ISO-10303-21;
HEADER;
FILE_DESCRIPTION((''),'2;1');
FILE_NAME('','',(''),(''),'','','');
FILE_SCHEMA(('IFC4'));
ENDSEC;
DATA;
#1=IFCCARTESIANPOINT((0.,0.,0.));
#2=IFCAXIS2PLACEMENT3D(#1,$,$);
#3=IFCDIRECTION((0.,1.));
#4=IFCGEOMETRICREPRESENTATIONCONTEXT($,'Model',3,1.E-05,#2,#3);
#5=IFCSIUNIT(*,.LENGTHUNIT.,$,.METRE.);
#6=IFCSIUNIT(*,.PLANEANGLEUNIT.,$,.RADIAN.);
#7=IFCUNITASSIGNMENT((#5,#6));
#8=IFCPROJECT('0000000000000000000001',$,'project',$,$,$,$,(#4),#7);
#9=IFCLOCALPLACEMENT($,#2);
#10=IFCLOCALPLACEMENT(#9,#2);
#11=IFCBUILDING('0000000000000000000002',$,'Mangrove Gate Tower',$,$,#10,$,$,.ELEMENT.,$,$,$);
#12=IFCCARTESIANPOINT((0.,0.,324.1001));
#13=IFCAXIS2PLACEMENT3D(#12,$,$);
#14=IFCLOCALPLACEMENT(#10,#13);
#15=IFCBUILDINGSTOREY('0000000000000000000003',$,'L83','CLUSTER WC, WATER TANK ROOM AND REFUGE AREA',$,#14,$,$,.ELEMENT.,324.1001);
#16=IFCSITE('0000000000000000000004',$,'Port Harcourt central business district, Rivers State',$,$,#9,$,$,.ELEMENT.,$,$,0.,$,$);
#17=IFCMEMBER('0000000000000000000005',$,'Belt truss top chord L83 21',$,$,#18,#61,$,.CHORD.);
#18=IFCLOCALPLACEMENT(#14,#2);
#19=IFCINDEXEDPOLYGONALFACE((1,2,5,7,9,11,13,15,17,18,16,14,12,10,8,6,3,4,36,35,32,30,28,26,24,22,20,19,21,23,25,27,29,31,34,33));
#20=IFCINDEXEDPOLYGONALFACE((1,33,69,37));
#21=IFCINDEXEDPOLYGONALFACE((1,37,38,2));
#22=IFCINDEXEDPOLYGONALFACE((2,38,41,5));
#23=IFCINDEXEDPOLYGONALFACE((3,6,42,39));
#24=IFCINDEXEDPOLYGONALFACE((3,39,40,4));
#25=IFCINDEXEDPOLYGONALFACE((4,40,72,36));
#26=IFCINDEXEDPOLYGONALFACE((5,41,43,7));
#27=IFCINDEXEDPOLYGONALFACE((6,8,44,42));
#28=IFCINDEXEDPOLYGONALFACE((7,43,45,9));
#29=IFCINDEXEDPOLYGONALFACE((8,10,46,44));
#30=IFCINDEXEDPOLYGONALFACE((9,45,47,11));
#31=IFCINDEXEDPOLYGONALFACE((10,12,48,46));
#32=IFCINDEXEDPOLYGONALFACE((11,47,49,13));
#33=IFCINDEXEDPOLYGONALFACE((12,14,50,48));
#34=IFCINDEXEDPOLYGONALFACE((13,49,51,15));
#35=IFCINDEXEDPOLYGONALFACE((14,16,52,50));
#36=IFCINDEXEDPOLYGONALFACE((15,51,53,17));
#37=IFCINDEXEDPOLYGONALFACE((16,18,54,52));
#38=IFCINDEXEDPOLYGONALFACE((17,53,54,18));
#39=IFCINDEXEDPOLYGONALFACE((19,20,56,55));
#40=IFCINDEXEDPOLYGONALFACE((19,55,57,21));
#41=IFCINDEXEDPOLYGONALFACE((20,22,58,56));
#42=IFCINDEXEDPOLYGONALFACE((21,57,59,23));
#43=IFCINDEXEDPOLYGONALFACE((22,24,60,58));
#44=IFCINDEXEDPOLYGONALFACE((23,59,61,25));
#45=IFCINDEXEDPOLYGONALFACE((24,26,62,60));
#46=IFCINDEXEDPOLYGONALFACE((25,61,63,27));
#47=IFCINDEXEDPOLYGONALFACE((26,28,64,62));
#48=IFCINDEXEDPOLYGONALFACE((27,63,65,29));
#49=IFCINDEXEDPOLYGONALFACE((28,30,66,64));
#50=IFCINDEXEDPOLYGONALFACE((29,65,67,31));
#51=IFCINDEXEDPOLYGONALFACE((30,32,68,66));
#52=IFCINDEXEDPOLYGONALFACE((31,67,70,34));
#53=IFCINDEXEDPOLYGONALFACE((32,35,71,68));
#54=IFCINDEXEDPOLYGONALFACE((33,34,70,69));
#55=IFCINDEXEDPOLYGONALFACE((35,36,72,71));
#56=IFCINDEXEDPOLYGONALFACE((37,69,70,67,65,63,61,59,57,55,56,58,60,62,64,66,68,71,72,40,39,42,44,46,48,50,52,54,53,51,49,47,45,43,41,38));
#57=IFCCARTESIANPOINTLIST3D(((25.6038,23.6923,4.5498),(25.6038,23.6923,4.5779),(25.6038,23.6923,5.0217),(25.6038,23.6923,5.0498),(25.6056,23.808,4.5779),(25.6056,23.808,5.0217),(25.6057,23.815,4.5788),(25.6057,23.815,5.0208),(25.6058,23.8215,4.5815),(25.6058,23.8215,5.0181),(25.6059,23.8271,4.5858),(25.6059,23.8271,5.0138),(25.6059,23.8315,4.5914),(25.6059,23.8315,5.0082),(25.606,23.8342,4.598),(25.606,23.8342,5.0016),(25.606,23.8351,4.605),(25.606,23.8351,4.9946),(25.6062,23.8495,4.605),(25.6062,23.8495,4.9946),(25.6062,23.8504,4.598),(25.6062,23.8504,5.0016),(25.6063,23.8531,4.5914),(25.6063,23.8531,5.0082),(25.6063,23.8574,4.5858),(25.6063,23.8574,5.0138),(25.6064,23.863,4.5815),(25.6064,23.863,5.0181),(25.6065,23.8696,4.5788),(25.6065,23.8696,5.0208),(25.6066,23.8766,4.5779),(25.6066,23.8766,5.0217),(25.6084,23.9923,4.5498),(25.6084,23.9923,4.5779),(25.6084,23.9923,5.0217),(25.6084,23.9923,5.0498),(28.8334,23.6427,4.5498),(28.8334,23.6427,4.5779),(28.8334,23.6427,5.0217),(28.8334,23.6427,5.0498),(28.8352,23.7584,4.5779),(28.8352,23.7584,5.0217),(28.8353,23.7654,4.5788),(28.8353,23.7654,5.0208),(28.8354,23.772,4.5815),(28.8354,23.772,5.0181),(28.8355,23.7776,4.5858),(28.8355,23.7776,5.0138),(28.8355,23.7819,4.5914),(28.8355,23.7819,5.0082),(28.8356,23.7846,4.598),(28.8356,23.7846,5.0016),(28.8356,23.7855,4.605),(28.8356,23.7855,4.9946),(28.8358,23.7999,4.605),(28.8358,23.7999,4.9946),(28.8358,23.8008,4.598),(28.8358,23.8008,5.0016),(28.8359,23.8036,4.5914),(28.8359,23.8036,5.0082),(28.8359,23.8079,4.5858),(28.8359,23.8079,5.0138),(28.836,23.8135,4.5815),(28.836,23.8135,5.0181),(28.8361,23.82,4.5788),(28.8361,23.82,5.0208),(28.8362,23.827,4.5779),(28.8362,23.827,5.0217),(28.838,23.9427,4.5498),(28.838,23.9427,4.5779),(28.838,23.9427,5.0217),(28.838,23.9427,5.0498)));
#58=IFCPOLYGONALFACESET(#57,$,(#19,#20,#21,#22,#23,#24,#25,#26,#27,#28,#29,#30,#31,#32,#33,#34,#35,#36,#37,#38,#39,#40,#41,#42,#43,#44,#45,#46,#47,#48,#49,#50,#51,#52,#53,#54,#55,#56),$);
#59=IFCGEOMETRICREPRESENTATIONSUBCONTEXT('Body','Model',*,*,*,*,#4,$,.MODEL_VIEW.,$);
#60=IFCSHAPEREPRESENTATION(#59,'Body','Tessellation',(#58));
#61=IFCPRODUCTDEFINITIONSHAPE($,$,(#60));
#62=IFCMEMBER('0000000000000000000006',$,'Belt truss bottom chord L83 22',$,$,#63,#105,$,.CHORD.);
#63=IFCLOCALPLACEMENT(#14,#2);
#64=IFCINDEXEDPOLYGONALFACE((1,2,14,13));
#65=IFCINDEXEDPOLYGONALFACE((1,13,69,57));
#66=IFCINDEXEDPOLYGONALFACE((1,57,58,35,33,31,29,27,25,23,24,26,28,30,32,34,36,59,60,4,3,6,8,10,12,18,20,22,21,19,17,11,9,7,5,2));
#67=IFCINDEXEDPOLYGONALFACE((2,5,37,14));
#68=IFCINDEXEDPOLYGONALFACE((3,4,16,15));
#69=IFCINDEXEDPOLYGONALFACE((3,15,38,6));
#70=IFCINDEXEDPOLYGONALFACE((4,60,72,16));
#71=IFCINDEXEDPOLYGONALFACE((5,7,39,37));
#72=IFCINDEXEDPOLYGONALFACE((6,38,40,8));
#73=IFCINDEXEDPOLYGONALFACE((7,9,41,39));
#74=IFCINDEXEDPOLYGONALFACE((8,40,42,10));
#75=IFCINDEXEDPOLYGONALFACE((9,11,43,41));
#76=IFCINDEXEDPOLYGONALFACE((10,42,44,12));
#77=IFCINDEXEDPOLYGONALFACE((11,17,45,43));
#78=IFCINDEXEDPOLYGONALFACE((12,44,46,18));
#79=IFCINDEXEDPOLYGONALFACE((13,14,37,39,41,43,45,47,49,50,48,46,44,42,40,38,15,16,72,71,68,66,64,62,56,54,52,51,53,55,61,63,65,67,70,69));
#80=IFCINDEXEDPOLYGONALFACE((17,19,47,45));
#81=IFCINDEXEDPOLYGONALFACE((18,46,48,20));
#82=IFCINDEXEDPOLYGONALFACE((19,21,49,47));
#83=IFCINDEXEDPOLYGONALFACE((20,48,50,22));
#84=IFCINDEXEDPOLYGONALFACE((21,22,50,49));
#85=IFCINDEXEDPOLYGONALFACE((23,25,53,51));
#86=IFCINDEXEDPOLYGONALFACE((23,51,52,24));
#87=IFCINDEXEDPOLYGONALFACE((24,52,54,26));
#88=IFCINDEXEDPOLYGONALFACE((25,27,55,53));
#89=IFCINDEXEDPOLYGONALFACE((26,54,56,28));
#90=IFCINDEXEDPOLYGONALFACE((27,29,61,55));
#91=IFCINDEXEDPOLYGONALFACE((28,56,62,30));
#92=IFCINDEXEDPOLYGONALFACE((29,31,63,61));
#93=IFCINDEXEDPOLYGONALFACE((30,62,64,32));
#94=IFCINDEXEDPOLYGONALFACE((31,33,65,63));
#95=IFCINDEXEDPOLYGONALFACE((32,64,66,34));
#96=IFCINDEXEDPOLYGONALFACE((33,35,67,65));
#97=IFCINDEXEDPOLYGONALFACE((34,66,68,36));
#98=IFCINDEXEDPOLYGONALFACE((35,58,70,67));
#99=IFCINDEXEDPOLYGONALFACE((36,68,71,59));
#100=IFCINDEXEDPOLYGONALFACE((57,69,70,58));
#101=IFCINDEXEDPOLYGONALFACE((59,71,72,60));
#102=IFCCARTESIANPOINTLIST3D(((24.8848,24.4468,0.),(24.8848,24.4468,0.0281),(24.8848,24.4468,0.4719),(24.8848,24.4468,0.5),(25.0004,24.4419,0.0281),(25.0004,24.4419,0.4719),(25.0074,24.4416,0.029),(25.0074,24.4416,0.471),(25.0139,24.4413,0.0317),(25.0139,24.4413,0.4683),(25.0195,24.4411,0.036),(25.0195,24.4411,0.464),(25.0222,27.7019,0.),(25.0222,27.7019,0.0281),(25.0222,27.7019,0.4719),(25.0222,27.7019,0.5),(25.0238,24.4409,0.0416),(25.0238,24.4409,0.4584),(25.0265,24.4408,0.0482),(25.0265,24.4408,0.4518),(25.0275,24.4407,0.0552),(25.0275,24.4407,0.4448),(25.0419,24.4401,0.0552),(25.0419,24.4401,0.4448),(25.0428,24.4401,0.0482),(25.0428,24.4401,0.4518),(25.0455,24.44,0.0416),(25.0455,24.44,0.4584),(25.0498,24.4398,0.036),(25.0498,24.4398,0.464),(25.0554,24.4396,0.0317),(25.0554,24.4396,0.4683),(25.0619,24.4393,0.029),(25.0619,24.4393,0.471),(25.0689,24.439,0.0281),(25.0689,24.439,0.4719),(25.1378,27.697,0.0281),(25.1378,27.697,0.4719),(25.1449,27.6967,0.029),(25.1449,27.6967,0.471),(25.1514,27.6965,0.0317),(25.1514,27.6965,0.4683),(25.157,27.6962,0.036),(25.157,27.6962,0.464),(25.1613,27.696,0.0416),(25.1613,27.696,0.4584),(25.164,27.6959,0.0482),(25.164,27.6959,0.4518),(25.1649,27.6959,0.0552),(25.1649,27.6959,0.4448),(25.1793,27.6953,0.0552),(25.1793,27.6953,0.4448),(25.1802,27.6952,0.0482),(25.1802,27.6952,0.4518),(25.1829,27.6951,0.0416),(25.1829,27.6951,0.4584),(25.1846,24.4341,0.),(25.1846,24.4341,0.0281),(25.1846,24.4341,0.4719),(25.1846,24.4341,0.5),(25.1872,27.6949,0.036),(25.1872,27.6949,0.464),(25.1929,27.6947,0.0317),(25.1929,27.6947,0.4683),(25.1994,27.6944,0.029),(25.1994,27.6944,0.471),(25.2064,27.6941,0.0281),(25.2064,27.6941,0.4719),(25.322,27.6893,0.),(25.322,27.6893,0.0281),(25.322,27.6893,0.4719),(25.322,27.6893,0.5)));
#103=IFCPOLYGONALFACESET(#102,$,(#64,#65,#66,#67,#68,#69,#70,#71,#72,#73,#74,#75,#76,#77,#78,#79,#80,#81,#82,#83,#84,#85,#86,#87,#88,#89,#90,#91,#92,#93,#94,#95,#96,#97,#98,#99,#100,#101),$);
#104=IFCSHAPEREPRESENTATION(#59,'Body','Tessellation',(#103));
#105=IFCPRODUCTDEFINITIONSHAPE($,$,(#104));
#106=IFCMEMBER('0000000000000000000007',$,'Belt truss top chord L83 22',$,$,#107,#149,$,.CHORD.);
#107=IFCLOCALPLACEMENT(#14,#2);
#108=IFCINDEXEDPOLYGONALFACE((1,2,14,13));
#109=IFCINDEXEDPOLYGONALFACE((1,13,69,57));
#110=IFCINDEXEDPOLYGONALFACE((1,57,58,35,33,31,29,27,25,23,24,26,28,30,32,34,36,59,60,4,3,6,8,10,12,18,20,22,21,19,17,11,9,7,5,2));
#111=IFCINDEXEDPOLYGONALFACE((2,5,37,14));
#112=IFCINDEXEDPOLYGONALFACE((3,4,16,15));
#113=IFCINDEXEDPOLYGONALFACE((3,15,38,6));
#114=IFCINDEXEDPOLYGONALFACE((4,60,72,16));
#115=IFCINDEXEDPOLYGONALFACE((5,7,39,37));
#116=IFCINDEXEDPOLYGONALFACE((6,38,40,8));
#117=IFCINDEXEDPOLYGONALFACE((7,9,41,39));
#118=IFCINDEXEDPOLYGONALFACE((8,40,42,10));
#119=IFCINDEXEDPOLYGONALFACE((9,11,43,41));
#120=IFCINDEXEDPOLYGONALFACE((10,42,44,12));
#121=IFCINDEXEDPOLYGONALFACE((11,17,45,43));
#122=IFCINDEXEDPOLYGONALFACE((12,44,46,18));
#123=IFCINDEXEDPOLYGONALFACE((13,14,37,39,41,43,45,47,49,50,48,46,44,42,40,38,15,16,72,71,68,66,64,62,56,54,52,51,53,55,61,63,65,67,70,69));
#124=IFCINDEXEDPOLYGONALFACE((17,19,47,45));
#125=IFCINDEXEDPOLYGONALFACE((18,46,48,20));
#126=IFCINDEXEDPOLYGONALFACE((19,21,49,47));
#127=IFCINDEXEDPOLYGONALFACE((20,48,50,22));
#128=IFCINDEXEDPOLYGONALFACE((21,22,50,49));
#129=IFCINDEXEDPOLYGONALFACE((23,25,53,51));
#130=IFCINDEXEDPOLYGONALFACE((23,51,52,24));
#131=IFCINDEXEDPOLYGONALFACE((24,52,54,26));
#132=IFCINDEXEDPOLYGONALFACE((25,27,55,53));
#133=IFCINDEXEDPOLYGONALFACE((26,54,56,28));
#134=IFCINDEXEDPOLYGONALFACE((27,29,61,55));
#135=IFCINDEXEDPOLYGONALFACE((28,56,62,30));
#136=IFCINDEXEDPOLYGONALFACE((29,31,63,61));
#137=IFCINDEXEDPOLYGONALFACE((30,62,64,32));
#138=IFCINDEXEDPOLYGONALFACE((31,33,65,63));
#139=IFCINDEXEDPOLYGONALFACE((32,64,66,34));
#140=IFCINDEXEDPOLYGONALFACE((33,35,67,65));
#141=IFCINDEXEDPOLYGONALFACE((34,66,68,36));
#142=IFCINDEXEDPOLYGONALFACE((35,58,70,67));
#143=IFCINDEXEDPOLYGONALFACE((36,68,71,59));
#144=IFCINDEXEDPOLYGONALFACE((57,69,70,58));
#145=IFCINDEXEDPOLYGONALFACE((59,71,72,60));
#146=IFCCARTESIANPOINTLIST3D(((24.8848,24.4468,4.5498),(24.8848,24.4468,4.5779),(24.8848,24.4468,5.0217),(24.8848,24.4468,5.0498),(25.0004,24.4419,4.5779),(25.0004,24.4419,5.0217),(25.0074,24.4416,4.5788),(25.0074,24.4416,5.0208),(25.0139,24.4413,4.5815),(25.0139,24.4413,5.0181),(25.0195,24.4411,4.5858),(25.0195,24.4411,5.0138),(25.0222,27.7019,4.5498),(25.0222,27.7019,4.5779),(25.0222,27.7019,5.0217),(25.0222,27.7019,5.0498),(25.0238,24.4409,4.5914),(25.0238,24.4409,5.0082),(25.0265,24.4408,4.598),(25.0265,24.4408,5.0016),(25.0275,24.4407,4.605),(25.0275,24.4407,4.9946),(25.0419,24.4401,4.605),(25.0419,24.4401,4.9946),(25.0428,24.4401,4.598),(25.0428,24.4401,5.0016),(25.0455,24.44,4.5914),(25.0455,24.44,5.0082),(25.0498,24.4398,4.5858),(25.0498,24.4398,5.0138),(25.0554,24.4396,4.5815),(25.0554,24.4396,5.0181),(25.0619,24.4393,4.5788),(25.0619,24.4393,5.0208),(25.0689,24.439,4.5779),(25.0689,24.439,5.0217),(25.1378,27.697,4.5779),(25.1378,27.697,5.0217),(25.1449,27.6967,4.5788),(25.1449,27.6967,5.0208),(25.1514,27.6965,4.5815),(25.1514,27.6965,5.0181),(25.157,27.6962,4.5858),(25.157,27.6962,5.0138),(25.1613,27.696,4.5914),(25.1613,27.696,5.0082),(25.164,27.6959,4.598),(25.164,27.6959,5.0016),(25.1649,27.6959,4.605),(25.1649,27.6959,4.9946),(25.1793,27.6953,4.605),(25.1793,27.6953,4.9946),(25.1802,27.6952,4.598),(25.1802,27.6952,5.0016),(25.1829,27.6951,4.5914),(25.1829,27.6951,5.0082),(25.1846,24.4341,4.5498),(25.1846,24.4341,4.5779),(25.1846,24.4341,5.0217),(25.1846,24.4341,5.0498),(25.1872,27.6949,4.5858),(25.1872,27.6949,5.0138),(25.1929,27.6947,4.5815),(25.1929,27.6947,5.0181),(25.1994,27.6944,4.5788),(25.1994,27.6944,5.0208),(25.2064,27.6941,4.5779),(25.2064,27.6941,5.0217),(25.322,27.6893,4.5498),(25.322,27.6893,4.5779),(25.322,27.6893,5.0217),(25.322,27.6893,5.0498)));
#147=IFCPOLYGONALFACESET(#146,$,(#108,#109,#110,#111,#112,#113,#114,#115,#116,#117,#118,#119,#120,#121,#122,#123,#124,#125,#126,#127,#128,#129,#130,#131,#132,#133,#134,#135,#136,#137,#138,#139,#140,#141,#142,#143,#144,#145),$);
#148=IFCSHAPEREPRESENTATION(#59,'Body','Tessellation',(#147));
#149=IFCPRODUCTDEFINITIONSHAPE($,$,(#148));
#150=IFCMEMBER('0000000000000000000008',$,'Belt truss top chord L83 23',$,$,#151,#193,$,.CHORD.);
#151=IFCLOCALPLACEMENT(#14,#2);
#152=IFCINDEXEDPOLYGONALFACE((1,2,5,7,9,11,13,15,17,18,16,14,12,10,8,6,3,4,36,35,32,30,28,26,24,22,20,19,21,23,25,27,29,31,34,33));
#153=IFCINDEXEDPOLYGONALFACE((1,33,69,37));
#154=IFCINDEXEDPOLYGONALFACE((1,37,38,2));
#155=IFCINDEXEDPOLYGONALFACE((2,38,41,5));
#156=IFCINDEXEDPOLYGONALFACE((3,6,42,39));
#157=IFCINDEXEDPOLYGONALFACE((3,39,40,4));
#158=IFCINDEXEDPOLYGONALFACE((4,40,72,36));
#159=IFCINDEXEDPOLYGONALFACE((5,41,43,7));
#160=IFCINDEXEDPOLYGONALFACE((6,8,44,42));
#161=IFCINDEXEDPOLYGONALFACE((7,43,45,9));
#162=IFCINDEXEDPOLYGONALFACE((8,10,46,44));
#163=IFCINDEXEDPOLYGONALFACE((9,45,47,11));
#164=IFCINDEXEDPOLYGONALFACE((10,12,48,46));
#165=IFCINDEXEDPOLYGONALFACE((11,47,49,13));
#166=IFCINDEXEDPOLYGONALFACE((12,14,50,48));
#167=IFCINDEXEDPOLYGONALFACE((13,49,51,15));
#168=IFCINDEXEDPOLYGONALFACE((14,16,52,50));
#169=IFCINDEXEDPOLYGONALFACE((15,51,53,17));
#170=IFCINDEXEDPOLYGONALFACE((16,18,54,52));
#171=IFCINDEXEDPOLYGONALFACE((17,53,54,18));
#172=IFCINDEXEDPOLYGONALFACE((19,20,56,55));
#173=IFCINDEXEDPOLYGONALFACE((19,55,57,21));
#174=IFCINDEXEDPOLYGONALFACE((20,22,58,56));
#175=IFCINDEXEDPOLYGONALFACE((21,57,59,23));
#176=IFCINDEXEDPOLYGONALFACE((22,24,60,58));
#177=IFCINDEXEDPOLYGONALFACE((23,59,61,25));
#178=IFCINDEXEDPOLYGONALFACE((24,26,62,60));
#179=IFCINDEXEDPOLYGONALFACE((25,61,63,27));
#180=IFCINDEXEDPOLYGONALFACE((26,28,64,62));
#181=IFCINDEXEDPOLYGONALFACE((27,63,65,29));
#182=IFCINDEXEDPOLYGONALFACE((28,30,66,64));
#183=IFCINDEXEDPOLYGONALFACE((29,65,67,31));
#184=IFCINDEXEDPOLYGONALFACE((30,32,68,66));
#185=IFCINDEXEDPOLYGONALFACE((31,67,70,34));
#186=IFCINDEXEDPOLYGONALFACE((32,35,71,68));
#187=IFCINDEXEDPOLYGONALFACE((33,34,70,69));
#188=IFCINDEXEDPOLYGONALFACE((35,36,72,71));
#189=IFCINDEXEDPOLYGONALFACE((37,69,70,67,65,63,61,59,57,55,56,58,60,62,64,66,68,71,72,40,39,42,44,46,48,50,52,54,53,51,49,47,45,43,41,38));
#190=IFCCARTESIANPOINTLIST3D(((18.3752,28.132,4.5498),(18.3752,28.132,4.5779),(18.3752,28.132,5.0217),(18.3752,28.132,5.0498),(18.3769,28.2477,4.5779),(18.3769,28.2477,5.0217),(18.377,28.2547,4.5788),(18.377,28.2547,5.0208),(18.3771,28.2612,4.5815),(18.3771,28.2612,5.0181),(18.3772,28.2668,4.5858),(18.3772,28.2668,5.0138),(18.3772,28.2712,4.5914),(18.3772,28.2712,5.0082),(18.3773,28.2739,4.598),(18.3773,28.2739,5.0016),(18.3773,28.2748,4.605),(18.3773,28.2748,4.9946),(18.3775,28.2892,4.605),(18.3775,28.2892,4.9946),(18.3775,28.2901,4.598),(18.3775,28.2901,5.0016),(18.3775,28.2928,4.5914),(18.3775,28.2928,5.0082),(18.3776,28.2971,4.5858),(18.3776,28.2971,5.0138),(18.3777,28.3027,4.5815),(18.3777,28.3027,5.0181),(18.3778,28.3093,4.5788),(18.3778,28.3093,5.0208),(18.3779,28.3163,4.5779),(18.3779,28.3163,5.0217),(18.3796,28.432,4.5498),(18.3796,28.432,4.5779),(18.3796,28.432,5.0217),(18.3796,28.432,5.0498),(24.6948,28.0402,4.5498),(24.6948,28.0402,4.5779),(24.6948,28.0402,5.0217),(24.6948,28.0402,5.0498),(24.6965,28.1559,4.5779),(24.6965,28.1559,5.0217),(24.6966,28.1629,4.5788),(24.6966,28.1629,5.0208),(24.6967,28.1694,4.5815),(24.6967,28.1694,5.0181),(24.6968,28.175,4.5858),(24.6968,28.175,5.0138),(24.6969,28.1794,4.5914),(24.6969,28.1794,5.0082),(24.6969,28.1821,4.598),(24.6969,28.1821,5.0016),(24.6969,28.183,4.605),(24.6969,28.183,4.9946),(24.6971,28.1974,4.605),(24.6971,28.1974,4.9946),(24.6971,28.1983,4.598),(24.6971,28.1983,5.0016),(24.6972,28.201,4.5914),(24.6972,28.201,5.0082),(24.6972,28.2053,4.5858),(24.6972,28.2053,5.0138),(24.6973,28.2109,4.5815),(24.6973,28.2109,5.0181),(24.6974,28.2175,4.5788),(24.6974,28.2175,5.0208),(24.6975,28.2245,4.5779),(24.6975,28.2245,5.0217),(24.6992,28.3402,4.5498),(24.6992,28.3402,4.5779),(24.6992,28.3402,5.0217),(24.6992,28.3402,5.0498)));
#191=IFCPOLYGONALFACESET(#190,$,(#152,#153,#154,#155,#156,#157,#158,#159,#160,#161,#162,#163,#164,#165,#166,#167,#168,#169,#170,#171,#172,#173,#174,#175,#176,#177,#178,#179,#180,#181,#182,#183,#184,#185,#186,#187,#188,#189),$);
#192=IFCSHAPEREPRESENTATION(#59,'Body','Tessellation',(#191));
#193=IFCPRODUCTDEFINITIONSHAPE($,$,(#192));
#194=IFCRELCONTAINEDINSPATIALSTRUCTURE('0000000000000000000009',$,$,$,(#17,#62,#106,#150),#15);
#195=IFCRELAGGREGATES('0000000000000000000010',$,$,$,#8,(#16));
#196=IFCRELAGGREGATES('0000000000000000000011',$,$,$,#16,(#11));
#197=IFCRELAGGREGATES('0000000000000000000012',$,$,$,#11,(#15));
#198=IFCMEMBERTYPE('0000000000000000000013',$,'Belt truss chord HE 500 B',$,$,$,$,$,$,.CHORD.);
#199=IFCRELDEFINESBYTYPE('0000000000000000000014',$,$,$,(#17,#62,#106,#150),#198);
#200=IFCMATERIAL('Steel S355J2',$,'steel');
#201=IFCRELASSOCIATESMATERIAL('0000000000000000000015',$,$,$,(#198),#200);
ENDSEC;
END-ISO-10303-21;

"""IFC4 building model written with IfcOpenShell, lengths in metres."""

from ifc_helpers import new_model, si_unit, direction, frame, origin, origin_2d, place, context, subcontext, project, spatial, i_section, extrude, material, material_profile, profile_set, type_object, element, save


model = new_model("IFC4")

# Units and contexts
model_context = context("Model", 3, precision=1e-05, world=origin(), true_north=direction((0.0, 1.0)))
body_context = subcontext(model_context, "Body", "Model", "MODEL_VIEW")
ifc_project = project(units=[si_unit("LENGTHUNIT", "METRE"), si_unit("PLANEANGLEUNIT", "RADIAN")], contexts=[model_context])

# Site, building, storey
site_placement = place(None, origin())
site = spatial("IfcSite", under=ifc_project, at=site_placement, Name="Port Harcourt central business district, Rivers State", CompositionType="ELEMENT", RefElevation=0.0)
building_placement = place(site_placement, origin())
building = spatial("IfcBuilding", under=site, at=building_placement, Name="Mangrove Gate Tower", CompositionType="ELEMENT")
storey_placement = place(building_placement, frame((0.0, 0.0, 324.1001)))
storey = spatial("IfcBuildingStorey", under=building, at=storey_placement, Name="L83", Description="CLUSTER WC, WATER TANK ROOM AND REFUGE AREA", CompositionType="ELEMENT", Elevation=324.1001)

# Members
ifc_material_1 = material(Name="Steel S355J2", Category="steel")
ifc_material_profile_1 = material_profile(ifc_material_1, i_section(OverallWidth=0.3, OverallDepth=0.5, WebThickness=0.0144, FlangeThickness=0.0281, FilletRadius=0.0271, at=origin_2d()))
ifc_profile_set_1 = profile_set([ifc_material_profile_1], Name="Steel S355J2")
member_type_1 = type_object("IfcMemberType", Name="Belt truss chord HE 500 B", PredefinedType="CHORD", material=ifc_profile_set_1)
for number, where, z_axis, x_axis, name in (
    (1, (28.8357, 23.7927, 4.7998), (-0.999882, 0.015344, 0.0), (-0.015344, -0.999882, 0.0), "Belt truss top chord L83 21"),
):
    element("IfcMember", number, at=place(storey_placement, frame(where, z_axis=z_axis, x_axis=x_axis)), inside=storey, type_object=member_type_1, Name=name, PredefinedType="CHORD", context=body_context, shape_type="SweptSolid", body=[
        extrude(i_section(OverallWidth=0.3, OverallDepth=0.5, WebThickness=0.0144, FlangeThickness=0.0281, FilletRadius=0.0271, at=origin_2d()), origin(), (0.0, 0.0, 1.0), 3.23),
    ])
for number, where, z_axis, x_axis, name in (
    (2, (25.0347, 24.4404, 0.25), (0.042188, 0.99911, 0.0), (-0.99911, 0.042188, 0.0), "Belt truss bottom chord L83 22"),
    (3, (25.0347, 24.4404, 4.7998), (0.042188, 0.99911, 0.0), (-0.99911, 0.042188, 0.0), "Belt truss top chord L83 22"),
):
    element("IfcMember", number, at=place(storey_placement, frame(where, z_axis=z_axis, x_axis=x_axis)), inside=storey, type_object=member_type_1, Name=name, PredefinedType="CHORD", context=body_context, shape_type="SweptSolid", body=[
        extrude(i_section(OverallWidth=0.3, OverallDepth=0.5, WebThickness=0.0144, FlangeThickness=0.0281, FilletRadius=0.0271, at=origin_2d()), origin(), (0.0, 0.0, 1.0), 3.2581),
    ])
member_placement = place(storey_placement, frame((24.697, 28.1902, 4.7998), z_axis=(-0.999895, 0.014524, 0.0), x_axis=(-0.014524, -0.999895, 0.0)))
element("IfcMember", 4, at=member_placement, inside=storey, type_object=member_type_1, Name="Belt truss top chord L83 23", PredefinedType="CHORD", context=body_context, shape_type="SweptSolid", body=[
    extrude(i_section(OverallWidth=0.3, OverallDepth=0.5, WebThickness=0.0144, FlangeThickness=0.0281, FilletRadius=0.0271, at=origin_2d()), origin(), (0.0, 0.0, 1.0), 6.3203),
])

save(model, "model.ifc")
